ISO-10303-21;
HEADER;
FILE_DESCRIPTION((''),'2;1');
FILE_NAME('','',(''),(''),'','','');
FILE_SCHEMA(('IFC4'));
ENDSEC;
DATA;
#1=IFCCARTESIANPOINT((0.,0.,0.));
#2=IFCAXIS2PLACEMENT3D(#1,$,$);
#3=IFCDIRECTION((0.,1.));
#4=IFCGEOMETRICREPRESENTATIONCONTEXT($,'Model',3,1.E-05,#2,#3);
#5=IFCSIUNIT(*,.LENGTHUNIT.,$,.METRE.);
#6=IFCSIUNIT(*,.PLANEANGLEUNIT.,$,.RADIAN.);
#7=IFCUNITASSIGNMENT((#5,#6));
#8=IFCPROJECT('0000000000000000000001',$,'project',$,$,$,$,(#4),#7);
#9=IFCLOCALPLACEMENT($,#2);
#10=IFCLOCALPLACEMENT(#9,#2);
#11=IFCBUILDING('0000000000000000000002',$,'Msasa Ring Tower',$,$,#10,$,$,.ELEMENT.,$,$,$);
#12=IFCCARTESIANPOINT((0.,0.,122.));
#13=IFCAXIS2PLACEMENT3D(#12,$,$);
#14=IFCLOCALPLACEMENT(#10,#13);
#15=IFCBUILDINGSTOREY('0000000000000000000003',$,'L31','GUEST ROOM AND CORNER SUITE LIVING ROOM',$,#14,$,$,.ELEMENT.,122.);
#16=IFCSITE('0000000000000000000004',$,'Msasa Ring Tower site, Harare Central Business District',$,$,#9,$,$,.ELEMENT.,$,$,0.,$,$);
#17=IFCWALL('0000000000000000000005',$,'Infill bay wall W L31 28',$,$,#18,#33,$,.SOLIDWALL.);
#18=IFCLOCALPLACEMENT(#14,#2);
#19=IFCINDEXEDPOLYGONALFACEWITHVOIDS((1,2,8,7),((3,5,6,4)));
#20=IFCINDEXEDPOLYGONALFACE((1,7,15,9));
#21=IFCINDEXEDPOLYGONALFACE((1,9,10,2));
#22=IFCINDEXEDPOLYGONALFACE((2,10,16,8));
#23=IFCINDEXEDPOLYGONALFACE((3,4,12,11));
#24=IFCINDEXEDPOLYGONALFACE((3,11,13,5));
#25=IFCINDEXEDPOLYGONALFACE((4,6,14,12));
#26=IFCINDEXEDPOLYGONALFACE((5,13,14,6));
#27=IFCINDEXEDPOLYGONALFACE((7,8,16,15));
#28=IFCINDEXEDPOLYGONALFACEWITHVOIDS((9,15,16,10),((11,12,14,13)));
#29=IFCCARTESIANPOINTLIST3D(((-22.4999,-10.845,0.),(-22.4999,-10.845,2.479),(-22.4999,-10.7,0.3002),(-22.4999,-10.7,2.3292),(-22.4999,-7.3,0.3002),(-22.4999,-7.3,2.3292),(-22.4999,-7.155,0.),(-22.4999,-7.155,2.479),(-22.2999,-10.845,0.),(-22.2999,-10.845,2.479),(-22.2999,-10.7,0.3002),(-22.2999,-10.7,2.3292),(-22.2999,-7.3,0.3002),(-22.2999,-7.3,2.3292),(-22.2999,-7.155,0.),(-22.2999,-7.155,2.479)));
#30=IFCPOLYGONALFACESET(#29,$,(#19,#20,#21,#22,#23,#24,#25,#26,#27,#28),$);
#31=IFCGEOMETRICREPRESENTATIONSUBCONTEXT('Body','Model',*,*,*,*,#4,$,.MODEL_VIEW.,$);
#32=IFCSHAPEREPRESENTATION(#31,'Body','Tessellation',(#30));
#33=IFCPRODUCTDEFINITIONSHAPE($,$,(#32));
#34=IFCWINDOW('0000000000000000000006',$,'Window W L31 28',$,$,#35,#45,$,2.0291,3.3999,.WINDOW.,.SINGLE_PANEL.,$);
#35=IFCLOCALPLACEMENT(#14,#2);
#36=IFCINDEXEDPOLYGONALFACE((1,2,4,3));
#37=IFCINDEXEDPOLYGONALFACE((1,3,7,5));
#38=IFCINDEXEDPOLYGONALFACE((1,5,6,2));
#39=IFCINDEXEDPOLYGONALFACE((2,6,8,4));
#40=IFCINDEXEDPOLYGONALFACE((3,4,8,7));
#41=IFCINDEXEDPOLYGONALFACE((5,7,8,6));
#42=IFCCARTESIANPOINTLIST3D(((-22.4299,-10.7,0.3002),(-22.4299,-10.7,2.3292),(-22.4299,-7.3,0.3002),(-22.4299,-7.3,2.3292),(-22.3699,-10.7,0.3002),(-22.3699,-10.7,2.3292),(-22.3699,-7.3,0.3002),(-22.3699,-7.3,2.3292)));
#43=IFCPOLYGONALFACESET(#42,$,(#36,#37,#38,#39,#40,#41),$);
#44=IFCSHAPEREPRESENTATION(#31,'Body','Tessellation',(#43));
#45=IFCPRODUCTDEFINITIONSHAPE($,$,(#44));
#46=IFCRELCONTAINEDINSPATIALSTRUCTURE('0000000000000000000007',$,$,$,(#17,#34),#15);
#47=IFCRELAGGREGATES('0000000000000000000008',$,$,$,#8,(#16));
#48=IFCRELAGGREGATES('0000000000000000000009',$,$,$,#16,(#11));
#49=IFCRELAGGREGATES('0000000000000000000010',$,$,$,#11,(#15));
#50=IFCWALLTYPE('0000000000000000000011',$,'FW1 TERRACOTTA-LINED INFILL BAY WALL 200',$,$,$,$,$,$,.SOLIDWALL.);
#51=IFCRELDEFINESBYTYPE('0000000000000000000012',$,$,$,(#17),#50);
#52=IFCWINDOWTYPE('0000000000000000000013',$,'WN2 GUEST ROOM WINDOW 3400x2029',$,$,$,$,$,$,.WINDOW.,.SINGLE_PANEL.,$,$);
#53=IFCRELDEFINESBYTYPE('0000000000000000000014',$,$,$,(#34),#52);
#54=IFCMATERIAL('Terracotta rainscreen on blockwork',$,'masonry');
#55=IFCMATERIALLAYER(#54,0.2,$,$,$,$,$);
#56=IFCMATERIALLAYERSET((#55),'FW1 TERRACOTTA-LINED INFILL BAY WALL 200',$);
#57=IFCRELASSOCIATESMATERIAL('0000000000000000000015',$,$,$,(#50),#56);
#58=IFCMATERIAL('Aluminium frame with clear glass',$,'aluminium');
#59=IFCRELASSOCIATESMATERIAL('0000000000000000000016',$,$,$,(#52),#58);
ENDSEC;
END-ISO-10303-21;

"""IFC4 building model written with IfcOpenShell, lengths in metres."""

from ifc_helpers import new_model, si_unit, direction, frame, frame_2d, origin, place, context, subcontext, project, spatial, rectangle, extrude, material, layer, layer_set, type_object, element, fill, save


model = new_model("IFC4")

# Units and contexts
model_context = context("Model", 3, precision=1e-05, world=origin(), true_north=direction((0.0, 1.0)))
body_context = subcontext(model_context, "Body", "Model", "MODEL_VIEW")
ifc_project = project(units=[si_unit("LENGTHUNIT", "METRE"), si_unit("PLANEANGLEUNIT", "RADIAN")], contexts=[model_context])

# Site, building, storey
site_placement = place(None, origin())
site = spatial("IfcSite", under=ifc_project, at=site_placement, Name="Msasa Ring Tower site, Harare Central Business District", CompositionType="ELEMENT", RefElevation=0.0)
building_placement = place(site_placement, origin())
building = spatial("IfcBuilding", under=site, at=building_placement, Name="Msasa Ring Tower", CompositionType="ELEMENT")
storey_placement = place(building_placement, frame((0.0, 0.0, 122.0)))
storey = spatial("IfcBuildingStorey", under=building, at=storey_placement, Name="L31", Description="GUEST ROOM AND CORNER SUITE LIVING ROOM", CompositionType="ELEMENT", Elevation=122.0)

# Wall, opening, window
ifc_material_1 = material(Name="Terracotta rainscreen on blockwork", Category="masonry")
ifc_layer = layer(ifc_material_1, 0.2)
ifc_layer_set = layer_set([ifc_layer], Name="FW1 TERRACOTTA-LINED INFILL BAY WALL 200")
wall_type = type_object("IfcWallType", Name="FW1 TERRACOTTA-LINED INFILL BAY WALL 200", PredefinedType="SOLIDWALL", material=ifc_layer_set)
ifc_material_2 = material(Name="Aluminium frame with clear glass", Category="aluminium")
window_type = type_object("IfcWindowType", Name="WN2 GUEST ROOM WINDOW 3400x2029", PartitioningType="SINGLE_PANEL", PredefinedType="WINDOW", material=ifc_material_2)
wall_1_placement = place(storey_placement, frame((-22.3999, -10.845, 0.0), z_axis=(0.0, 0.0, 1.0), x_axis=(0.0, 1.0, 0.0)))
wall_1 = element("IfcWall", 1, at=wall_1_placement, inside=storey, type_object=wall_type, Name="Infill bay wall W L31 28", PredefinedType="SOLIDWALL", context=body_context, shape_type="SweptSolid", body=[
    extrude(rectangle(XDim=3.6899, YDim=0.2, at=frame_2d((1.845, 0.0))), origin(), (0.0, 0.0, 1.0), 2.479),
])
opening_1_placement = place(wall_1_placement, frame((0.145, 0.0, 0.3)))
opening_1 = element("IfcOpeningElement", 2, at=opening_1_placement, cuts=wall_1, PredefinedType="OPENING", context=body_context, shape_type="SweptSolid", body=[
    extrude(rectangle(XDim=3.3999, YDim=2.0291, at=frame_2d((1.7, 1.0146))), frame((0.0, 0.1099, 0.0), z_axis=(0.0, -1.0, 0.0), x_axis=(1.0, 0.0, 0.0)), (0.0, 0.0, 1.0), 0.22),
])
window_1_placement = place(opening_1_placement, origin())
window_1 = element("IfcWindow", 3, at=window_1_placement, inside=storey, type_object=window_type, Name="Window W L31 28", OverallHeight=2.0291, OverallWidth=3.3999, PartitioningType="SINGLE_PANEL", PredefinedType="WINDOW", context=body_context, shape_type="SweptSolid", body=[
    extrude(rectangle(XDim=3.3999, YDim=2.0291, at=frame_2d((1.7, 1.0146))), frame((0.0, 0.03, 0.0), z_axis=(0.0, -1.0, 0.0), x_axis=(1.0, 0.0, 0.0)), (0.0, 0.0, 1.0), 0.0601),
])
fill(opening_1, window_1)

save(model, "model.ifc")
